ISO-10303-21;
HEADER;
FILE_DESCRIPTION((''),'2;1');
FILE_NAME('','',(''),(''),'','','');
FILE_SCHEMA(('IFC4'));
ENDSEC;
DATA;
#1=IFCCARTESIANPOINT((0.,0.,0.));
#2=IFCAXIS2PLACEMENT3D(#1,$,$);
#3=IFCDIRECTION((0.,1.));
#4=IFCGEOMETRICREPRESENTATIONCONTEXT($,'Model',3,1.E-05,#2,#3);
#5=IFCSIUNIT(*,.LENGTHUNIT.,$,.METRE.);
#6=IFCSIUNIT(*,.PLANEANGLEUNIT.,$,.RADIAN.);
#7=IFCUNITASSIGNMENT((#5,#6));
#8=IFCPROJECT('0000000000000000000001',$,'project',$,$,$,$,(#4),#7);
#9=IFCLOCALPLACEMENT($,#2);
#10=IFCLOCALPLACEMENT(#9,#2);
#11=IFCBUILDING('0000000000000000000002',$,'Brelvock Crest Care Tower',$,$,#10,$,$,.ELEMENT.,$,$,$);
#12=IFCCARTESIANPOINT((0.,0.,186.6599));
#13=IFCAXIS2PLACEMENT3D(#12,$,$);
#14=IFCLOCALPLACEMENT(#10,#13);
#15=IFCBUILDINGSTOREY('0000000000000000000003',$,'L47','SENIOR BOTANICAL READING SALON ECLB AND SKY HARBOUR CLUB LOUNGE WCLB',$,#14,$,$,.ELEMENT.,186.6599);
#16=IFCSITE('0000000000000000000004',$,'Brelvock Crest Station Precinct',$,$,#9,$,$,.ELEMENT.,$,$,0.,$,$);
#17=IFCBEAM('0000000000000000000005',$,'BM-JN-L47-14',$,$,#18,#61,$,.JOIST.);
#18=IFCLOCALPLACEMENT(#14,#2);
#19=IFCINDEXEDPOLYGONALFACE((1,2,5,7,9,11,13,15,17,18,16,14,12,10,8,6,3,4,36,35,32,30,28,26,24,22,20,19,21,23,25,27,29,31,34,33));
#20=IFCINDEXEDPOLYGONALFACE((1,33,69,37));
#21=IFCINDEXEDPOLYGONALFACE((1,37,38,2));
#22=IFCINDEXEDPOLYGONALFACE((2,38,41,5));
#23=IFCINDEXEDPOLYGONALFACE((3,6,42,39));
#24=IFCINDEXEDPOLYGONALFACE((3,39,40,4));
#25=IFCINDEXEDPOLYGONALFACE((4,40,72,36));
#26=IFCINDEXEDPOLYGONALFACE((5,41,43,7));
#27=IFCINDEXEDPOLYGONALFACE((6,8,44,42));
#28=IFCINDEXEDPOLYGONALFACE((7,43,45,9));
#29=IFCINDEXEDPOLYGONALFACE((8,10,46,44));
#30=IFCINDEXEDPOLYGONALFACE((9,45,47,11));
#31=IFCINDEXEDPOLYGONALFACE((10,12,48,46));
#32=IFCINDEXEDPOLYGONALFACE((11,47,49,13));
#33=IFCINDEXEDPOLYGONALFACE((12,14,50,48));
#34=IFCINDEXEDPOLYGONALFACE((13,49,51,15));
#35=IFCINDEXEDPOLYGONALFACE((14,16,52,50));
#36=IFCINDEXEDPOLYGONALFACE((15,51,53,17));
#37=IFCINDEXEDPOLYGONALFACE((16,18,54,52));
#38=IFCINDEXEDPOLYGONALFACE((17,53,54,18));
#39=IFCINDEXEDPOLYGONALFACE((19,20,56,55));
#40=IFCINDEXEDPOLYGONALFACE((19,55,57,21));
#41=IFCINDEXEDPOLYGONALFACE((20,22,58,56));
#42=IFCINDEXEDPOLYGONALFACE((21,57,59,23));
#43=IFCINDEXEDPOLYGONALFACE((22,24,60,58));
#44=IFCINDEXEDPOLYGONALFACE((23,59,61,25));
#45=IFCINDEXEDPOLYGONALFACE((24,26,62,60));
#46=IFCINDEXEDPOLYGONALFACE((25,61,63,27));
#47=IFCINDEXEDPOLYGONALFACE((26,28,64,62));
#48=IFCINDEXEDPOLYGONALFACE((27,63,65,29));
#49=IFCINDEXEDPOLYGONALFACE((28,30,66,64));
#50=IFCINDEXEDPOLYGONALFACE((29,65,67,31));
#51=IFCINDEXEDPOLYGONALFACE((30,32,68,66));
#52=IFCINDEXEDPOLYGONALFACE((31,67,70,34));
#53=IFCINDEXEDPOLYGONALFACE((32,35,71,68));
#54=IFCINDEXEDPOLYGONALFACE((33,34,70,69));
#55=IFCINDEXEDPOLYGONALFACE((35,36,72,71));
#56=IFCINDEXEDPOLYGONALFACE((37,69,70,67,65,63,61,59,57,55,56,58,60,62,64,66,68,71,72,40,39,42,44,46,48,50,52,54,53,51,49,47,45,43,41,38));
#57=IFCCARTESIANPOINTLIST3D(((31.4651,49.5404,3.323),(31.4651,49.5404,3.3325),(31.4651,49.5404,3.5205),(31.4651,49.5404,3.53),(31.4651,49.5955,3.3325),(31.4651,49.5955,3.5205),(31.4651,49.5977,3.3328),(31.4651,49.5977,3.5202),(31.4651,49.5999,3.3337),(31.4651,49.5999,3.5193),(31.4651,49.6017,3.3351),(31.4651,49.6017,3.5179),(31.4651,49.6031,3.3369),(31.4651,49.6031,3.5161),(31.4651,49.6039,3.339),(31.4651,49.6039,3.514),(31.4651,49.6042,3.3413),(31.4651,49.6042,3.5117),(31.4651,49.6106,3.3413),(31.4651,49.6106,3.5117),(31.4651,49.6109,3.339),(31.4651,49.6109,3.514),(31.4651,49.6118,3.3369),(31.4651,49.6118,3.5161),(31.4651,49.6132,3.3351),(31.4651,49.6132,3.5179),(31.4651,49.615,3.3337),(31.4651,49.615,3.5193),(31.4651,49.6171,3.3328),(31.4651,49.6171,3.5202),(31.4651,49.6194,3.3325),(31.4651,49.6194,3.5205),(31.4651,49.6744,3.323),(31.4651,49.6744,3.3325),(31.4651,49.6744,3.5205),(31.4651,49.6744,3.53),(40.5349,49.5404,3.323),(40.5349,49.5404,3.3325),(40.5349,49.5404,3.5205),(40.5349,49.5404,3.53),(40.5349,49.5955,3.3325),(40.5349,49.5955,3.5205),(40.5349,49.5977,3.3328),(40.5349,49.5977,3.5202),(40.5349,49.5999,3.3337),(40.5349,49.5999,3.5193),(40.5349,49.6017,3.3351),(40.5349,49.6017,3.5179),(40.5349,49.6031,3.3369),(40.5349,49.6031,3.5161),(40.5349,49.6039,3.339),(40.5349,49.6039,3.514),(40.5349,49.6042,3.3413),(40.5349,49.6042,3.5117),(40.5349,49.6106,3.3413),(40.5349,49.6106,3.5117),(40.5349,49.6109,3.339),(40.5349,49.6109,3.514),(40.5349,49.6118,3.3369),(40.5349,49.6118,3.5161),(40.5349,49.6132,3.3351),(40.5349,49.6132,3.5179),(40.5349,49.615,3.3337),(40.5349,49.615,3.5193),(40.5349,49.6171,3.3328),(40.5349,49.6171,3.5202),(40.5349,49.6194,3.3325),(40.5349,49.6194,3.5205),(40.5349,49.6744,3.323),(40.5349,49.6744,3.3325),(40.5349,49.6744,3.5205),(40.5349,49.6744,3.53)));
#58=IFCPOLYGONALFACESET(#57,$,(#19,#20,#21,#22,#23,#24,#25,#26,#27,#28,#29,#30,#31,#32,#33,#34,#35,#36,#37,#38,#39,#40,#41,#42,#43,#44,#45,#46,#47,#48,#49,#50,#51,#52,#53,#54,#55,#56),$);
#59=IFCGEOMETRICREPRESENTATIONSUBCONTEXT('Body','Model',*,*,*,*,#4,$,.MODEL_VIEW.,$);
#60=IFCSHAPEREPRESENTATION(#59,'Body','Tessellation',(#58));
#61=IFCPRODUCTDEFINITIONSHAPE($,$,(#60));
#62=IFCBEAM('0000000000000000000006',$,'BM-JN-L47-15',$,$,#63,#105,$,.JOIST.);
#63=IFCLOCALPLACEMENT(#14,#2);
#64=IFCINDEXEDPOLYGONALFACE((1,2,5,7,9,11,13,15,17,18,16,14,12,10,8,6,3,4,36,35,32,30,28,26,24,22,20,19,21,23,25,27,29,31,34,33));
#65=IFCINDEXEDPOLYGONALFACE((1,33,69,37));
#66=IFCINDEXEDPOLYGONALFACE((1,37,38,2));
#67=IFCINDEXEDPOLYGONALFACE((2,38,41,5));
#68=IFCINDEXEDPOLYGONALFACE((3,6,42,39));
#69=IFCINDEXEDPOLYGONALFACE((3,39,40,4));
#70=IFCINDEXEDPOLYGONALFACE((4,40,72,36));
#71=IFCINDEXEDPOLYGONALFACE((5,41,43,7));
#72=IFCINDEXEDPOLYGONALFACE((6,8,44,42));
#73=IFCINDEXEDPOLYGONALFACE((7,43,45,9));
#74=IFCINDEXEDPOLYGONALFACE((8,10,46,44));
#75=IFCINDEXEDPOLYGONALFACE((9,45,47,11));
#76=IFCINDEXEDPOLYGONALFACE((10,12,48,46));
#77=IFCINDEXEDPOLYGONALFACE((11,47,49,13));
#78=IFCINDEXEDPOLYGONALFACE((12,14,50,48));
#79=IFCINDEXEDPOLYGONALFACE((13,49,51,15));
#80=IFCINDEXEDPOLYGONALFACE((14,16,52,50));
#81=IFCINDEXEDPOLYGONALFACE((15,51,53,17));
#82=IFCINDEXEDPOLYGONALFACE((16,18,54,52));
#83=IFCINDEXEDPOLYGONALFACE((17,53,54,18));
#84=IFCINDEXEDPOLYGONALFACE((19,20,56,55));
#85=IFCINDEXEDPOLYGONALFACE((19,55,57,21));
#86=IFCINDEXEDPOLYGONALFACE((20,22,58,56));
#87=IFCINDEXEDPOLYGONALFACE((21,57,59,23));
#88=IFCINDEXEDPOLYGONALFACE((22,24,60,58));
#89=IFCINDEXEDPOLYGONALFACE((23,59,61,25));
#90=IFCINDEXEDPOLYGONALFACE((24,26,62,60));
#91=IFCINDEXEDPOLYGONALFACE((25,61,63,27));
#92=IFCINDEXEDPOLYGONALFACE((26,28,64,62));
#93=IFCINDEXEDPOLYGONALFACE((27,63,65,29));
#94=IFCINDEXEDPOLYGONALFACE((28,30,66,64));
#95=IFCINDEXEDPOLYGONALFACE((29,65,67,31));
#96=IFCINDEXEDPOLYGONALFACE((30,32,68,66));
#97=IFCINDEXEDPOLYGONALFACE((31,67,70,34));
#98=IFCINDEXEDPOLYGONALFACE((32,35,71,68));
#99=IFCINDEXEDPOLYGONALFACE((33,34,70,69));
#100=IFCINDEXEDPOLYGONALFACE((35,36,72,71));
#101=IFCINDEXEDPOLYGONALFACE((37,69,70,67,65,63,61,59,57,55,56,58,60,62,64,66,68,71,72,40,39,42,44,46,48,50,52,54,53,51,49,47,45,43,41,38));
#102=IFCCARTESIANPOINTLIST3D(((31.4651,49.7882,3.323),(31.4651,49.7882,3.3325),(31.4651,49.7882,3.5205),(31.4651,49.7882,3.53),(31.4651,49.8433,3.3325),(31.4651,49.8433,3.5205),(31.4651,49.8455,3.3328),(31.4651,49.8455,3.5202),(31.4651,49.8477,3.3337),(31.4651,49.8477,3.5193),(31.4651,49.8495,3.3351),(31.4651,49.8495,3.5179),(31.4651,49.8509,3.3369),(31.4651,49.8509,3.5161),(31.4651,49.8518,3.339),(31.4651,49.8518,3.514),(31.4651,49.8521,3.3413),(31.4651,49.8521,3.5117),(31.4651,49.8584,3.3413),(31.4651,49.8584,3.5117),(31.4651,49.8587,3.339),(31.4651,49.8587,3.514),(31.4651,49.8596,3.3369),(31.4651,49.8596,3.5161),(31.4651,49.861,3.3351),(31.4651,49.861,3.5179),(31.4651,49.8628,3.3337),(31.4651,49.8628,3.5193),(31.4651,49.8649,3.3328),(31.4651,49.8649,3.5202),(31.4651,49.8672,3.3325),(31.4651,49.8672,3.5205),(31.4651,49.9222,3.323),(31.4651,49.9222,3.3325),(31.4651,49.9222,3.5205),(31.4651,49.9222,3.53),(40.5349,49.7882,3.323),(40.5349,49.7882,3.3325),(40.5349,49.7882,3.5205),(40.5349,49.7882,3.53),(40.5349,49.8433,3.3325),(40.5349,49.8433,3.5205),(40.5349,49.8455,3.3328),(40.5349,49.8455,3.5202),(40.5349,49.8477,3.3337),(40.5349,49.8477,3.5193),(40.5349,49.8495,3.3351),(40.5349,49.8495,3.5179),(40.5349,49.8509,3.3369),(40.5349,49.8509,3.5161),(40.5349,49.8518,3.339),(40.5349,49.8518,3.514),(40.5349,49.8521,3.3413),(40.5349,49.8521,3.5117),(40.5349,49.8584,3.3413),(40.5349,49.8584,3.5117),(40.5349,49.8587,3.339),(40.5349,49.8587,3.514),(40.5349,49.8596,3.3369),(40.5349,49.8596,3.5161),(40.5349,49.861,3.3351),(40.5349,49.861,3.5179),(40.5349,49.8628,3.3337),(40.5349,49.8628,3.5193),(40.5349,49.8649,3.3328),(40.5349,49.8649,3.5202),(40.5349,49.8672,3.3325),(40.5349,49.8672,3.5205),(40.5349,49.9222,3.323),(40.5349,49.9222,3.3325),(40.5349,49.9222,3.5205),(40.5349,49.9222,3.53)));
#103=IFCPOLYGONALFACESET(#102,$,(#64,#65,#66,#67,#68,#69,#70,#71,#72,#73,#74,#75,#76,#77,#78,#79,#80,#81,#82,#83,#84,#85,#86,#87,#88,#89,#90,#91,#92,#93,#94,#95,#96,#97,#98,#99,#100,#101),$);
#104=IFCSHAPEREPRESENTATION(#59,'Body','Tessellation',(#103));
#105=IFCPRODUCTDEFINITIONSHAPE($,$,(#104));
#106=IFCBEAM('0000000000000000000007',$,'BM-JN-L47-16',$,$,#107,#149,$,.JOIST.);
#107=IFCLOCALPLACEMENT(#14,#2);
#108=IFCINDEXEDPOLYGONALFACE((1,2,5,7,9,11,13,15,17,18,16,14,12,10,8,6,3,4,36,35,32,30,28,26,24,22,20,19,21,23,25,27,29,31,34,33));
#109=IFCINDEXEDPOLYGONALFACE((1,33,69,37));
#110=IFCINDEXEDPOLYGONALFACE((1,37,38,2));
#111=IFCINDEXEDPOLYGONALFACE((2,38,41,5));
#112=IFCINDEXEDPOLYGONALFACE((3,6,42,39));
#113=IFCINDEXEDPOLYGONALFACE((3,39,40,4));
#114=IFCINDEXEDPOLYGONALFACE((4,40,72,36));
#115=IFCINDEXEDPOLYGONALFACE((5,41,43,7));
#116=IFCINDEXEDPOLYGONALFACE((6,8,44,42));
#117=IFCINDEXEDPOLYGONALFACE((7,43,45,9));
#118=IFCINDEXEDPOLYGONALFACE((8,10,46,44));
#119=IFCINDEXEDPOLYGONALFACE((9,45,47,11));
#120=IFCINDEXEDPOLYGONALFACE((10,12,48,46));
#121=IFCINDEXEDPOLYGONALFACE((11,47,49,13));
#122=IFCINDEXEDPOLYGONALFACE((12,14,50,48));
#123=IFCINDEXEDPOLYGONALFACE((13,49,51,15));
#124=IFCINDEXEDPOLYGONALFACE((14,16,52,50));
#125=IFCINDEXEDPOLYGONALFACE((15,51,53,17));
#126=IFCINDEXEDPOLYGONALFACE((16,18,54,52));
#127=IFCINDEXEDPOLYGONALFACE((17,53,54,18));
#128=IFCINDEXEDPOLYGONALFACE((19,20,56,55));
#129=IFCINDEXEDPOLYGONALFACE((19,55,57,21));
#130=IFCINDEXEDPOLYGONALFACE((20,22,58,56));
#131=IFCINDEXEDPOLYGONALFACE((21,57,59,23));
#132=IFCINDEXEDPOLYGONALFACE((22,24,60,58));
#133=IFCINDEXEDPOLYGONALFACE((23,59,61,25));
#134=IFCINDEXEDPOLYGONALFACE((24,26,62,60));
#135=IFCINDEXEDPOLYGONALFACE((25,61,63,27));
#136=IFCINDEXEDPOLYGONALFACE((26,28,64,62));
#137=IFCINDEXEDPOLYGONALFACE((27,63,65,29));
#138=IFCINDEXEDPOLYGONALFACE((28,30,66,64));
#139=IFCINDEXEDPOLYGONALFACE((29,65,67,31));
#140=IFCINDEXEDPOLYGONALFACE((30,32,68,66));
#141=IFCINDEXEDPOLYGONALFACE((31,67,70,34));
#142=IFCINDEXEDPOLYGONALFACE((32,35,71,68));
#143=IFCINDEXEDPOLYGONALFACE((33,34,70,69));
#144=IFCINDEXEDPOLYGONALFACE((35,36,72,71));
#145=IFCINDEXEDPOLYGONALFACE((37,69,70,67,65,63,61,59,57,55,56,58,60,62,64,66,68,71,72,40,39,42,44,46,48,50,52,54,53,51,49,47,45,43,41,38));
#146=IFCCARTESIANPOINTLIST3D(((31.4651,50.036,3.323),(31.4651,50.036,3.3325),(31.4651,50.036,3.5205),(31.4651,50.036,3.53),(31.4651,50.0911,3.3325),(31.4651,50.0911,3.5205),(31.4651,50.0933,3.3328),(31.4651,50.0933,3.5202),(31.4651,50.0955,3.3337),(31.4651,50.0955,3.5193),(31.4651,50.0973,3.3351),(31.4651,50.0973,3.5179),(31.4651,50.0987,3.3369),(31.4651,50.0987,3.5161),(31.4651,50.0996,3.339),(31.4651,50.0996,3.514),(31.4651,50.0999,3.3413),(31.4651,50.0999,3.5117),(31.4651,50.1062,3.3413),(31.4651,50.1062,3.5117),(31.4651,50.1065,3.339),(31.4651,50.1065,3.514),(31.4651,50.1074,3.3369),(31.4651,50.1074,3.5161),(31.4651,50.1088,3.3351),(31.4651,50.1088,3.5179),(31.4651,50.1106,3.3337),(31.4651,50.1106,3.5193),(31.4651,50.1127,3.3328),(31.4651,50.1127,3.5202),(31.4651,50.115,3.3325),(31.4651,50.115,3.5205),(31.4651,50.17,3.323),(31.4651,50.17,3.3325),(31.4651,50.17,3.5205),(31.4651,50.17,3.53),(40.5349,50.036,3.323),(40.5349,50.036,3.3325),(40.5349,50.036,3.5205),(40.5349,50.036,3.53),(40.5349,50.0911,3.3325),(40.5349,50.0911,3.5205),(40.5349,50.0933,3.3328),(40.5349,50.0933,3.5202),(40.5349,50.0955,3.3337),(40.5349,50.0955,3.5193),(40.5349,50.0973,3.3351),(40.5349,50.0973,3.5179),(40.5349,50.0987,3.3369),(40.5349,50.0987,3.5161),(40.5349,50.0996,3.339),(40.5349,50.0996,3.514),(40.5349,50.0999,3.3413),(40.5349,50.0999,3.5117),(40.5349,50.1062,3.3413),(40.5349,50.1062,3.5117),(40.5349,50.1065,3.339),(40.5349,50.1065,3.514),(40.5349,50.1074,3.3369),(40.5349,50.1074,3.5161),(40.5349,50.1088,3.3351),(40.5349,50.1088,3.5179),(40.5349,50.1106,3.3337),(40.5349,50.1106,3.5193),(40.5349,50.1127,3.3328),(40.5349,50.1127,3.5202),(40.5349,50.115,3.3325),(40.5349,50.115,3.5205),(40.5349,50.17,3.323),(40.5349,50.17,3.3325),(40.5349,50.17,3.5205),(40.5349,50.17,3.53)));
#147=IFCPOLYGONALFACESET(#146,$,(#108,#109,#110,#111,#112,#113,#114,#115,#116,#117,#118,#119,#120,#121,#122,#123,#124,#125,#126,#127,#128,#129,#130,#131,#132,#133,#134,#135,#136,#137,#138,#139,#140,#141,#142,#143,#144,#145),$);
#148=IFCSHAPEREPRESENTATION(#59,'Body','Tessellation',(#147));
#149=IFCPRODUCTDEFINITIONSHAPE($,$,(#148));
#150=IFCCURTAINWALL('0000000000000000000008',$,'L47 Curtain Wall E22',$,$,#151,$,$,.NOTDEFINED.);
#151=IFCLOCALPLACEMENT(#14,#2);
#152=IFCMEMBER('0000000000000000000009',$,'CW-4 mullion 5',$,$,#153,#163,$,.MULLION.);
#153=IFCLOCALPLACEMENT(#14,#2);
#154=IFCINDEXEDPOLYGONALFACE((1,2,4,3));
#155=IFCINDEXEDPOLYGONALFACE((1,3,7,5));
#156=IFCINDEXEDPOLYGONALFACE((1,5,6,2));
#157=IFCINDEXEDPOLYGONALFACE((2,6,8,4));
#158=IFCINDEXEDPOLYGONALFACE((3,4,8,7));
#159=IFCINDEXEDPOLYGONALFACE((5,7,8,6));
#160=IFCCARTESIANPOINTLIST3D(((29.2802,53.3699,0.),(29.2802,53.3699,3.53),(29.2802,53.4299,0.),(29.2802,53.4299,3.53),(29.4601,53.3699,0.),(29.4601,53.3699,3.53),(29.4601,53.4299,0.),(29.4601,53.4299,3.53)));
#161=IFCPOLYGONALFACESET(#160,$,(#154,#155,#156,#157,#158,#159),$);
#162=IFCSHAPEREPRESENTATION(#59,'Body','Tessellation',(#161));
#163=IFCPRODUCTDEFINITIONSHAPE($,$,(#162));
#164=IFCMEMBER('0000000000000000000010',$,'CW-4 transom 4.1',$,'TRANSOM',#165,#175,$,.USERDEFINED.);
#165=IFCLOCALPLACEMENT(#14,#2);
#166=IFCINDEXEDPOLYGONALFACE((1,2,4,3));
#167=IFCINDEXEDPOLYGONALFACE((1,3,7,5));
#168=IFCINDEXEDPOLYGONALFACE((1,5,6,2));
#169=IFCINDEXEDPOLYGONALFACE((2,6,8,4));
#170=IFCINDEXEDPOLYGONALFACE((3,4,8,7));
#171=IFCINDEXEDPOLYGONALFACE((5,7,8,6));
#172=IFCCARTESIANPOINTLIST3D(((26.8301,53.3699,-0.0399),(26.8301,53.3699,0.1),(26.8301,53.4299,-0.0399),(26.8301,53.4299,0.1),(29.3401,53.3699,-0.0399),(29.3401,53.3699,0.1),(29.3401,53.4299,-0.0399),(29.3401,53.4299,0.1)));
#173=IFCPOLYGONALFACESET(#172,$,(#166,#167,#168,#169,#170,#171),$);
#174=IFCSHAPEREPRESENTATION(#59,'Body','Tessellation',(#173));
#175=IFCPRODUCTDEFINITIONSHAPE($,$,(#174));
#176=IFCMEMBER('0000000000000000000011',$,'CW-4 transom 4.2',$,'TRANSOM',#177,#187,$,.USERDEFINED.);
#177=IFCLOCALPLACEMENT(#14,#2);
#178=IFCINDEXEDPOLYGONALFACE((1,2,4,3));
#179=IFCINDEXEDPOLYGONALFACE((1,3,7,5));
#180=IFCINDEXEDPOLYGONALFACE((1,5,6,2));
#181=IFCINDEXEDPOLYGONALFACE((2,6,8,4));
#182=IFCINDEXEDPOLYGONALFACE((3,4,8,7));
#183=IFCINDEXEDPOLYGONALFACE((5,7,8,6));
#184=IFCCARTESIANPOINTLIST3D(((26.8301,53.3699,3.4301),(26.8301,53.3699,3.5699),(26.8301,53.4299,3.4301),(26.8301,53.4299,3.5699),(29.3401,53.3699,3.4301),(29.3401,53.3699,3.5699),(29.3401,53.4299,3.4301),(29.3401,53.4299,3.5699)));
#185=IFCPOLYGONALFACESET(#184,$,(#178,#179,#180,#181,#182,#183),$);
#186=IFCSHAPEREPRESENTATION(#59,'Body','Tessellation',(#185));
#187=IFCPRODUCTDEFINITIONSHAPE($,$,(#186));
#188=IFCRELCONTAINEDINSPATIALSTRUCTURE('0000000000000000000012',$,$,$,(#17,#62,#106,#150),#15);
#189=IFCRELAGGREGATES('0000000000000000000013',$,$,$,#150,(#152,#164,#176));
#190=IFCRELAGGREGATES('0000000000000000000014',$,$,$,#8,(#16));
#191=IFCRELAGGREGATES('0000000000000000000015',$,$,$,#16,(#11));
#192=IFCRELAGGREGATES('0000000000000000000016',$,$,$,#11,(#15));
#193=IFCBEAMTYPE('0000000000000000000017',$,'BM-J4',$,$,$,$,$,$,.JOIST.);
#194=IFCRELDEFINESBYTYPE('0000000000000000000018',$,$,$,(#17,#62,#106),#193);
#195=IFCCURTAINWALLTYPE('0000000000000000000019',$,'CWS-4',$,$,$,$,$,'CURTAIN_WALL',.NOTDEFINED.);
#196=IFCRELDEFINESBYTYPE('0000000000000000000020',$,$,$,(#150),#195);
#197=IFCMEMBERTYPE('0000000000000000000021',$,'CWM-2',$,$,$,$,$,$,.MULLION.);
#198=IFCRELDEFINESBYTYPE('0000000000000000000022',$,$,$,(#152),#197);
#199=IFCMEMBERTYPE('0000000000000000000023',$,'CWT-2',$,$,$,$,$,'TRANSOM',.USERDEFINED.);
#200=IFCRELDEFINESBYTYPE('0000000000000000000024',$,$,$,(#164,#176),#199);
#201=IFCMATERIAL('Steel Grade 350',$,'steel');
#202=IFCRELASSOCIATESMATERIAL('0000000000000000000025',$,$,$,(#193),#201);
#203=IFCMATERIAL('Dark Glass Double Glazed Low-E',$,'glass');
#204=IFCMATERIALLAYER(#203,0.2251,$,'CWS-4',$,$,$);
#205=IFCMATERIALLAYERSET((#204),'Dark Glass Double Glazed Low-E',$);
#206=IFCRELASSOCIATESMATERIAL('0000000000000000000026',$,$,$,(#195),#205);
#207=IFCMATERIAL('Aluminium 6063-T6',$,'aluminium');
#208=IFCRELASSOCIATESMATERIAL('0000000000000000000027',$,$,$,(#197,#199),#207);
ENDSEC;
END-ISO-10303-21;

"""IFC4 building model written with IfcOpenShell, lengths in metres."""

from ifc_helpers import new_model, si_unit, direction, frame, origin, origin_2d, place, context, subcontext, project, spatial, rectangle, i_section, extrude, source, transform, mapped, material, layer, layer_set, material_profile, profile_set, type_object, element, aggregate, save


model = new_model("IFC4")

# Units and contexts
model_context = context("Model", 3, precision=1e-05, world=origin(), true_north=direction((0.0, 1.0)))
body_context = subcontext(model_context, "Body", "Model", "MODEL_VIEW")
ifc_project = project(units=[si_unit("LENGTHUNIT", "METRE"), si_unit("PLANEANGLEUNIT", "RADIAN")], contexts=[model_context])

# Site, building, storey
site_placement = place(None, origin())
site = spatial("IfcSite", under=ifc_project, at=site_placement, Name="Brelvock Crest Station Precinct", CompositionType="ELEMENT", RefElevation=0.0)
building_placement = place(site_placement, origin())
building = spatial("IfcBuilding", under=site, at=building_placement, Name="Brelvock Crest Care Tower", CompositionType="ELEMENT")
storey_placement = place(building_placement, frame((0.0, 0.0, 186.6599)))
storey = spatial("IfcBuildingStorey", under=building, at=storey_placement, Name="L47", Description="SENIOR BOTANICAL READING SALON ECLB AND SKY HARBOUR CLUB LOUNGE WCLB", CompositionType="ELEMENT", Elevation=186.6599)

# Shared definitions
ifc_material_1 = material(Name="Steel Grade 350", Category="steel")

# Beams
ifc_material_profile_1 = material_profile(ifc_material_1, i_section(OverallWidth=0.134, OverallDepth=0.207, WebThickness=0.0063, FlangeThickness=0.0095, FilletRadius=0.0088, at=origin_2d()), Name="200UB29.8")
ifc_profile_set_1 = profile_set([ifc_material_profile_1], Name="Steel Grade 350")
beam_type_1 = type_object("IfcBeamType", Name="BM-J4", PredefinedType="JOIST", material=ifc_profile_set_1)
shared_shape_1 = source(origin(), body_context, "Body", "SweptSolid", [
    extrude(i_section(OverallWidth=0.134, OverallDepth=0.207, WebThickness=0.0063, FlangeThickness=0.0095, FilletRadius=0.0088, at=origin_2d()), origin(), (0.0, 0.0, 1.0), 9.0698),
])
for number, where, z_axis, x_axis, name in (
    (1, (31.4651, 49.6074, 3.4265), (1.0, 0.0, 0.0), (0.0, 1.0, 0.0), "BM-JN-L47-14"),
    (2, (31.4651, 49.8552, 3.4265), (1.0, 0.0, 0.0), (0.0, 1.0, 0.0), "BM-JN-L47-15"),
    (3, (31.4651, 50.103, 3.4265), (1.0, 0.0, 0.0), (0.0, 1.0, 0.0), "BM-JN-L47-16"),
):
    element("IfcBeam", number, at=place(storey_placement, frame(where, z_axis=z_axis, x_axis=x_axis)), inside=storey, type_object=beam_type_1, Name=name, PredefinedType="JOIST", context=body_context, shape_type="MappedRepresentation", body=[
        mapped(shared_shape_1, transform((0.0, 0.0, 0.0), x_axis=(1.0, 0.0, 0.0), y_axis=(0.0, 1.0, 0.0), z_axis=(0.0, 0.0, 1.0), scale=1.0)),
    ])

# Curtain wall, members
ifc_material_2 = material(Name="Dark Glass Double Glazed Low-E", Category="glass")
ifc_layer_1 = layer(ifc_material_2, 0.2251, Name="CWS-4")
ifc_layer_set_1 = layer_set([ifc_layer_1], Name="Dark Glass Double Glazed Low-E")
curtain_wall_type = type_object("IfcCurtainWallType", Name="CWS-4", ElementType="CURTAIN_WALL", PredefinedType="NOTDEFINED", material=ifc_layer_set_1)
curtain_wall_placement = place(storey_placement, origin())
curtain_wall = element("IfcCurtainWall", 4, at=curtain_wall_placement, inside=storey, type_object=curtain_wall_type, Name="L47 Curtain Wall E22", PredefinedType="NOTDEFINED")
ifc_material_3 = material(Name="Aluminium 6063-T6", Category="aluminium")
ifc_material_profile_2 = material_profile(ifc_material_3, rectangle(XDim=0.0601, YDim=0.1799, at=origin_2d()), Name="ALU60x180")
ifc_profile_set_2 = profile_set([ifc_material_profile_2], Name="Aluminium 6063-T6")
member_type_1 = type_object("IfcMemberType", Name="CWM-2", PredefinedType="MULLION", material=ifc_profile_set_2)
shared_shape_2 = source(origin(), body_context, "Body", "SweptSolid", [
    extrude(rectangle(XDim=0.0601, YDim=0.1799, at=origin_2d()), origin(), (0.0, 0.0, 1.0), 3.53),
])
member_1_placement = place(storey_placement, frame((29.3701, 53.3999, 0.0), z_axis=(0.0, 0.0, 1.0), x_axis=(0.0, 1.0, 0.0)))
member_1 = element("IfcMember", 5, at=member_1_placement, type_object=member_type_1, Name="CW-4 mullion 5", PredefinedType="MULLION", context=body_context, shape_type="MappedRepresentation", body=[
    mapped(shared_shape_2, transform((0.0, 0.0, 0.0), x_axis=(1.0, 0.0, 0.0), y_axis=(0.0, 1.0, 0.0), z_axis=(0.0, 0.0, 1.0), scale=1.0)),
])
ifc_material_profile_3 = material_profile(ifc_material_3, rectangle(XDim=0.0601, YDim=0.1399, at=origin_2d()), Name="ALU60x140")
ifc_profile_set_3 = profile_set([ifc_material_profile_3], Name="Aluminium 6063-T6")
member_type_2 = type_object("IfcMemberType", Name="CWT-2", ElementType="TRANSOM", PredefinedType="USERDEFINED", material=ifc_profile_set_3)
shared_shape_3 = source(origin(), body_context, "Body", "SweptSolid", [
    extrude(rectangle(XDim=0.0601, YDim=0.1399, at=origin_2d()), origin(), (0.0, 0.0, 1.0), 2.51),
])
member_2_placement = place(storey_placement, frame((26.8301, 53.3999, 0.03), z_axis=(1.0, 0.0, 0.0), x_axis=(0.0, 1.0, 0.0)))
member_2 = element("IfcMember", 6, at=member_2_placement, type_object=member_type_2, Name="CW-4 transom 4.1", ObjectType="TRANSOM", PredefinedType="USERDEFINED", context=body_context, shape_type="MappedRepresentation", body=[
    mapped(shared_shape_3, transform((0.0, 0.0, 0.0), x_axis=(1.0, 0.0, 0.0), y_axis=(0.0, 1.0, 0.0), z_axis=(0.0, 0.0, 1.0), scale=1.0)),
])
member_3_placement = place(storey_placement, frame((26.8301, 53.3999, 3.5), z_axis=(1.0, 0.0, 0.0), x_axis=(0.0, 1.0, 0.0)))
member_3 = element("IfcMember", 7, at=member_3_placement, type_object=member_type_2, Name="CW-4 transom 4.2", ObjectType="TRANSOM", PredefinedType="USERDEFINED", context=body_context, shape_type="MappedRepresentation", body=[
    mapped(shared_shape_3, transform((0.0, 0.0, 0.0), x_axis=(1.0, 0.0, 0.0), y_axis=(0.0, 1.0, 0.0), z_axis=(0.0, 0.0, 1.0), scale=1.0)),
])
aggregate(curtain_wall, [member_1, member_2, member_3])

save(model, "model.ifc")
